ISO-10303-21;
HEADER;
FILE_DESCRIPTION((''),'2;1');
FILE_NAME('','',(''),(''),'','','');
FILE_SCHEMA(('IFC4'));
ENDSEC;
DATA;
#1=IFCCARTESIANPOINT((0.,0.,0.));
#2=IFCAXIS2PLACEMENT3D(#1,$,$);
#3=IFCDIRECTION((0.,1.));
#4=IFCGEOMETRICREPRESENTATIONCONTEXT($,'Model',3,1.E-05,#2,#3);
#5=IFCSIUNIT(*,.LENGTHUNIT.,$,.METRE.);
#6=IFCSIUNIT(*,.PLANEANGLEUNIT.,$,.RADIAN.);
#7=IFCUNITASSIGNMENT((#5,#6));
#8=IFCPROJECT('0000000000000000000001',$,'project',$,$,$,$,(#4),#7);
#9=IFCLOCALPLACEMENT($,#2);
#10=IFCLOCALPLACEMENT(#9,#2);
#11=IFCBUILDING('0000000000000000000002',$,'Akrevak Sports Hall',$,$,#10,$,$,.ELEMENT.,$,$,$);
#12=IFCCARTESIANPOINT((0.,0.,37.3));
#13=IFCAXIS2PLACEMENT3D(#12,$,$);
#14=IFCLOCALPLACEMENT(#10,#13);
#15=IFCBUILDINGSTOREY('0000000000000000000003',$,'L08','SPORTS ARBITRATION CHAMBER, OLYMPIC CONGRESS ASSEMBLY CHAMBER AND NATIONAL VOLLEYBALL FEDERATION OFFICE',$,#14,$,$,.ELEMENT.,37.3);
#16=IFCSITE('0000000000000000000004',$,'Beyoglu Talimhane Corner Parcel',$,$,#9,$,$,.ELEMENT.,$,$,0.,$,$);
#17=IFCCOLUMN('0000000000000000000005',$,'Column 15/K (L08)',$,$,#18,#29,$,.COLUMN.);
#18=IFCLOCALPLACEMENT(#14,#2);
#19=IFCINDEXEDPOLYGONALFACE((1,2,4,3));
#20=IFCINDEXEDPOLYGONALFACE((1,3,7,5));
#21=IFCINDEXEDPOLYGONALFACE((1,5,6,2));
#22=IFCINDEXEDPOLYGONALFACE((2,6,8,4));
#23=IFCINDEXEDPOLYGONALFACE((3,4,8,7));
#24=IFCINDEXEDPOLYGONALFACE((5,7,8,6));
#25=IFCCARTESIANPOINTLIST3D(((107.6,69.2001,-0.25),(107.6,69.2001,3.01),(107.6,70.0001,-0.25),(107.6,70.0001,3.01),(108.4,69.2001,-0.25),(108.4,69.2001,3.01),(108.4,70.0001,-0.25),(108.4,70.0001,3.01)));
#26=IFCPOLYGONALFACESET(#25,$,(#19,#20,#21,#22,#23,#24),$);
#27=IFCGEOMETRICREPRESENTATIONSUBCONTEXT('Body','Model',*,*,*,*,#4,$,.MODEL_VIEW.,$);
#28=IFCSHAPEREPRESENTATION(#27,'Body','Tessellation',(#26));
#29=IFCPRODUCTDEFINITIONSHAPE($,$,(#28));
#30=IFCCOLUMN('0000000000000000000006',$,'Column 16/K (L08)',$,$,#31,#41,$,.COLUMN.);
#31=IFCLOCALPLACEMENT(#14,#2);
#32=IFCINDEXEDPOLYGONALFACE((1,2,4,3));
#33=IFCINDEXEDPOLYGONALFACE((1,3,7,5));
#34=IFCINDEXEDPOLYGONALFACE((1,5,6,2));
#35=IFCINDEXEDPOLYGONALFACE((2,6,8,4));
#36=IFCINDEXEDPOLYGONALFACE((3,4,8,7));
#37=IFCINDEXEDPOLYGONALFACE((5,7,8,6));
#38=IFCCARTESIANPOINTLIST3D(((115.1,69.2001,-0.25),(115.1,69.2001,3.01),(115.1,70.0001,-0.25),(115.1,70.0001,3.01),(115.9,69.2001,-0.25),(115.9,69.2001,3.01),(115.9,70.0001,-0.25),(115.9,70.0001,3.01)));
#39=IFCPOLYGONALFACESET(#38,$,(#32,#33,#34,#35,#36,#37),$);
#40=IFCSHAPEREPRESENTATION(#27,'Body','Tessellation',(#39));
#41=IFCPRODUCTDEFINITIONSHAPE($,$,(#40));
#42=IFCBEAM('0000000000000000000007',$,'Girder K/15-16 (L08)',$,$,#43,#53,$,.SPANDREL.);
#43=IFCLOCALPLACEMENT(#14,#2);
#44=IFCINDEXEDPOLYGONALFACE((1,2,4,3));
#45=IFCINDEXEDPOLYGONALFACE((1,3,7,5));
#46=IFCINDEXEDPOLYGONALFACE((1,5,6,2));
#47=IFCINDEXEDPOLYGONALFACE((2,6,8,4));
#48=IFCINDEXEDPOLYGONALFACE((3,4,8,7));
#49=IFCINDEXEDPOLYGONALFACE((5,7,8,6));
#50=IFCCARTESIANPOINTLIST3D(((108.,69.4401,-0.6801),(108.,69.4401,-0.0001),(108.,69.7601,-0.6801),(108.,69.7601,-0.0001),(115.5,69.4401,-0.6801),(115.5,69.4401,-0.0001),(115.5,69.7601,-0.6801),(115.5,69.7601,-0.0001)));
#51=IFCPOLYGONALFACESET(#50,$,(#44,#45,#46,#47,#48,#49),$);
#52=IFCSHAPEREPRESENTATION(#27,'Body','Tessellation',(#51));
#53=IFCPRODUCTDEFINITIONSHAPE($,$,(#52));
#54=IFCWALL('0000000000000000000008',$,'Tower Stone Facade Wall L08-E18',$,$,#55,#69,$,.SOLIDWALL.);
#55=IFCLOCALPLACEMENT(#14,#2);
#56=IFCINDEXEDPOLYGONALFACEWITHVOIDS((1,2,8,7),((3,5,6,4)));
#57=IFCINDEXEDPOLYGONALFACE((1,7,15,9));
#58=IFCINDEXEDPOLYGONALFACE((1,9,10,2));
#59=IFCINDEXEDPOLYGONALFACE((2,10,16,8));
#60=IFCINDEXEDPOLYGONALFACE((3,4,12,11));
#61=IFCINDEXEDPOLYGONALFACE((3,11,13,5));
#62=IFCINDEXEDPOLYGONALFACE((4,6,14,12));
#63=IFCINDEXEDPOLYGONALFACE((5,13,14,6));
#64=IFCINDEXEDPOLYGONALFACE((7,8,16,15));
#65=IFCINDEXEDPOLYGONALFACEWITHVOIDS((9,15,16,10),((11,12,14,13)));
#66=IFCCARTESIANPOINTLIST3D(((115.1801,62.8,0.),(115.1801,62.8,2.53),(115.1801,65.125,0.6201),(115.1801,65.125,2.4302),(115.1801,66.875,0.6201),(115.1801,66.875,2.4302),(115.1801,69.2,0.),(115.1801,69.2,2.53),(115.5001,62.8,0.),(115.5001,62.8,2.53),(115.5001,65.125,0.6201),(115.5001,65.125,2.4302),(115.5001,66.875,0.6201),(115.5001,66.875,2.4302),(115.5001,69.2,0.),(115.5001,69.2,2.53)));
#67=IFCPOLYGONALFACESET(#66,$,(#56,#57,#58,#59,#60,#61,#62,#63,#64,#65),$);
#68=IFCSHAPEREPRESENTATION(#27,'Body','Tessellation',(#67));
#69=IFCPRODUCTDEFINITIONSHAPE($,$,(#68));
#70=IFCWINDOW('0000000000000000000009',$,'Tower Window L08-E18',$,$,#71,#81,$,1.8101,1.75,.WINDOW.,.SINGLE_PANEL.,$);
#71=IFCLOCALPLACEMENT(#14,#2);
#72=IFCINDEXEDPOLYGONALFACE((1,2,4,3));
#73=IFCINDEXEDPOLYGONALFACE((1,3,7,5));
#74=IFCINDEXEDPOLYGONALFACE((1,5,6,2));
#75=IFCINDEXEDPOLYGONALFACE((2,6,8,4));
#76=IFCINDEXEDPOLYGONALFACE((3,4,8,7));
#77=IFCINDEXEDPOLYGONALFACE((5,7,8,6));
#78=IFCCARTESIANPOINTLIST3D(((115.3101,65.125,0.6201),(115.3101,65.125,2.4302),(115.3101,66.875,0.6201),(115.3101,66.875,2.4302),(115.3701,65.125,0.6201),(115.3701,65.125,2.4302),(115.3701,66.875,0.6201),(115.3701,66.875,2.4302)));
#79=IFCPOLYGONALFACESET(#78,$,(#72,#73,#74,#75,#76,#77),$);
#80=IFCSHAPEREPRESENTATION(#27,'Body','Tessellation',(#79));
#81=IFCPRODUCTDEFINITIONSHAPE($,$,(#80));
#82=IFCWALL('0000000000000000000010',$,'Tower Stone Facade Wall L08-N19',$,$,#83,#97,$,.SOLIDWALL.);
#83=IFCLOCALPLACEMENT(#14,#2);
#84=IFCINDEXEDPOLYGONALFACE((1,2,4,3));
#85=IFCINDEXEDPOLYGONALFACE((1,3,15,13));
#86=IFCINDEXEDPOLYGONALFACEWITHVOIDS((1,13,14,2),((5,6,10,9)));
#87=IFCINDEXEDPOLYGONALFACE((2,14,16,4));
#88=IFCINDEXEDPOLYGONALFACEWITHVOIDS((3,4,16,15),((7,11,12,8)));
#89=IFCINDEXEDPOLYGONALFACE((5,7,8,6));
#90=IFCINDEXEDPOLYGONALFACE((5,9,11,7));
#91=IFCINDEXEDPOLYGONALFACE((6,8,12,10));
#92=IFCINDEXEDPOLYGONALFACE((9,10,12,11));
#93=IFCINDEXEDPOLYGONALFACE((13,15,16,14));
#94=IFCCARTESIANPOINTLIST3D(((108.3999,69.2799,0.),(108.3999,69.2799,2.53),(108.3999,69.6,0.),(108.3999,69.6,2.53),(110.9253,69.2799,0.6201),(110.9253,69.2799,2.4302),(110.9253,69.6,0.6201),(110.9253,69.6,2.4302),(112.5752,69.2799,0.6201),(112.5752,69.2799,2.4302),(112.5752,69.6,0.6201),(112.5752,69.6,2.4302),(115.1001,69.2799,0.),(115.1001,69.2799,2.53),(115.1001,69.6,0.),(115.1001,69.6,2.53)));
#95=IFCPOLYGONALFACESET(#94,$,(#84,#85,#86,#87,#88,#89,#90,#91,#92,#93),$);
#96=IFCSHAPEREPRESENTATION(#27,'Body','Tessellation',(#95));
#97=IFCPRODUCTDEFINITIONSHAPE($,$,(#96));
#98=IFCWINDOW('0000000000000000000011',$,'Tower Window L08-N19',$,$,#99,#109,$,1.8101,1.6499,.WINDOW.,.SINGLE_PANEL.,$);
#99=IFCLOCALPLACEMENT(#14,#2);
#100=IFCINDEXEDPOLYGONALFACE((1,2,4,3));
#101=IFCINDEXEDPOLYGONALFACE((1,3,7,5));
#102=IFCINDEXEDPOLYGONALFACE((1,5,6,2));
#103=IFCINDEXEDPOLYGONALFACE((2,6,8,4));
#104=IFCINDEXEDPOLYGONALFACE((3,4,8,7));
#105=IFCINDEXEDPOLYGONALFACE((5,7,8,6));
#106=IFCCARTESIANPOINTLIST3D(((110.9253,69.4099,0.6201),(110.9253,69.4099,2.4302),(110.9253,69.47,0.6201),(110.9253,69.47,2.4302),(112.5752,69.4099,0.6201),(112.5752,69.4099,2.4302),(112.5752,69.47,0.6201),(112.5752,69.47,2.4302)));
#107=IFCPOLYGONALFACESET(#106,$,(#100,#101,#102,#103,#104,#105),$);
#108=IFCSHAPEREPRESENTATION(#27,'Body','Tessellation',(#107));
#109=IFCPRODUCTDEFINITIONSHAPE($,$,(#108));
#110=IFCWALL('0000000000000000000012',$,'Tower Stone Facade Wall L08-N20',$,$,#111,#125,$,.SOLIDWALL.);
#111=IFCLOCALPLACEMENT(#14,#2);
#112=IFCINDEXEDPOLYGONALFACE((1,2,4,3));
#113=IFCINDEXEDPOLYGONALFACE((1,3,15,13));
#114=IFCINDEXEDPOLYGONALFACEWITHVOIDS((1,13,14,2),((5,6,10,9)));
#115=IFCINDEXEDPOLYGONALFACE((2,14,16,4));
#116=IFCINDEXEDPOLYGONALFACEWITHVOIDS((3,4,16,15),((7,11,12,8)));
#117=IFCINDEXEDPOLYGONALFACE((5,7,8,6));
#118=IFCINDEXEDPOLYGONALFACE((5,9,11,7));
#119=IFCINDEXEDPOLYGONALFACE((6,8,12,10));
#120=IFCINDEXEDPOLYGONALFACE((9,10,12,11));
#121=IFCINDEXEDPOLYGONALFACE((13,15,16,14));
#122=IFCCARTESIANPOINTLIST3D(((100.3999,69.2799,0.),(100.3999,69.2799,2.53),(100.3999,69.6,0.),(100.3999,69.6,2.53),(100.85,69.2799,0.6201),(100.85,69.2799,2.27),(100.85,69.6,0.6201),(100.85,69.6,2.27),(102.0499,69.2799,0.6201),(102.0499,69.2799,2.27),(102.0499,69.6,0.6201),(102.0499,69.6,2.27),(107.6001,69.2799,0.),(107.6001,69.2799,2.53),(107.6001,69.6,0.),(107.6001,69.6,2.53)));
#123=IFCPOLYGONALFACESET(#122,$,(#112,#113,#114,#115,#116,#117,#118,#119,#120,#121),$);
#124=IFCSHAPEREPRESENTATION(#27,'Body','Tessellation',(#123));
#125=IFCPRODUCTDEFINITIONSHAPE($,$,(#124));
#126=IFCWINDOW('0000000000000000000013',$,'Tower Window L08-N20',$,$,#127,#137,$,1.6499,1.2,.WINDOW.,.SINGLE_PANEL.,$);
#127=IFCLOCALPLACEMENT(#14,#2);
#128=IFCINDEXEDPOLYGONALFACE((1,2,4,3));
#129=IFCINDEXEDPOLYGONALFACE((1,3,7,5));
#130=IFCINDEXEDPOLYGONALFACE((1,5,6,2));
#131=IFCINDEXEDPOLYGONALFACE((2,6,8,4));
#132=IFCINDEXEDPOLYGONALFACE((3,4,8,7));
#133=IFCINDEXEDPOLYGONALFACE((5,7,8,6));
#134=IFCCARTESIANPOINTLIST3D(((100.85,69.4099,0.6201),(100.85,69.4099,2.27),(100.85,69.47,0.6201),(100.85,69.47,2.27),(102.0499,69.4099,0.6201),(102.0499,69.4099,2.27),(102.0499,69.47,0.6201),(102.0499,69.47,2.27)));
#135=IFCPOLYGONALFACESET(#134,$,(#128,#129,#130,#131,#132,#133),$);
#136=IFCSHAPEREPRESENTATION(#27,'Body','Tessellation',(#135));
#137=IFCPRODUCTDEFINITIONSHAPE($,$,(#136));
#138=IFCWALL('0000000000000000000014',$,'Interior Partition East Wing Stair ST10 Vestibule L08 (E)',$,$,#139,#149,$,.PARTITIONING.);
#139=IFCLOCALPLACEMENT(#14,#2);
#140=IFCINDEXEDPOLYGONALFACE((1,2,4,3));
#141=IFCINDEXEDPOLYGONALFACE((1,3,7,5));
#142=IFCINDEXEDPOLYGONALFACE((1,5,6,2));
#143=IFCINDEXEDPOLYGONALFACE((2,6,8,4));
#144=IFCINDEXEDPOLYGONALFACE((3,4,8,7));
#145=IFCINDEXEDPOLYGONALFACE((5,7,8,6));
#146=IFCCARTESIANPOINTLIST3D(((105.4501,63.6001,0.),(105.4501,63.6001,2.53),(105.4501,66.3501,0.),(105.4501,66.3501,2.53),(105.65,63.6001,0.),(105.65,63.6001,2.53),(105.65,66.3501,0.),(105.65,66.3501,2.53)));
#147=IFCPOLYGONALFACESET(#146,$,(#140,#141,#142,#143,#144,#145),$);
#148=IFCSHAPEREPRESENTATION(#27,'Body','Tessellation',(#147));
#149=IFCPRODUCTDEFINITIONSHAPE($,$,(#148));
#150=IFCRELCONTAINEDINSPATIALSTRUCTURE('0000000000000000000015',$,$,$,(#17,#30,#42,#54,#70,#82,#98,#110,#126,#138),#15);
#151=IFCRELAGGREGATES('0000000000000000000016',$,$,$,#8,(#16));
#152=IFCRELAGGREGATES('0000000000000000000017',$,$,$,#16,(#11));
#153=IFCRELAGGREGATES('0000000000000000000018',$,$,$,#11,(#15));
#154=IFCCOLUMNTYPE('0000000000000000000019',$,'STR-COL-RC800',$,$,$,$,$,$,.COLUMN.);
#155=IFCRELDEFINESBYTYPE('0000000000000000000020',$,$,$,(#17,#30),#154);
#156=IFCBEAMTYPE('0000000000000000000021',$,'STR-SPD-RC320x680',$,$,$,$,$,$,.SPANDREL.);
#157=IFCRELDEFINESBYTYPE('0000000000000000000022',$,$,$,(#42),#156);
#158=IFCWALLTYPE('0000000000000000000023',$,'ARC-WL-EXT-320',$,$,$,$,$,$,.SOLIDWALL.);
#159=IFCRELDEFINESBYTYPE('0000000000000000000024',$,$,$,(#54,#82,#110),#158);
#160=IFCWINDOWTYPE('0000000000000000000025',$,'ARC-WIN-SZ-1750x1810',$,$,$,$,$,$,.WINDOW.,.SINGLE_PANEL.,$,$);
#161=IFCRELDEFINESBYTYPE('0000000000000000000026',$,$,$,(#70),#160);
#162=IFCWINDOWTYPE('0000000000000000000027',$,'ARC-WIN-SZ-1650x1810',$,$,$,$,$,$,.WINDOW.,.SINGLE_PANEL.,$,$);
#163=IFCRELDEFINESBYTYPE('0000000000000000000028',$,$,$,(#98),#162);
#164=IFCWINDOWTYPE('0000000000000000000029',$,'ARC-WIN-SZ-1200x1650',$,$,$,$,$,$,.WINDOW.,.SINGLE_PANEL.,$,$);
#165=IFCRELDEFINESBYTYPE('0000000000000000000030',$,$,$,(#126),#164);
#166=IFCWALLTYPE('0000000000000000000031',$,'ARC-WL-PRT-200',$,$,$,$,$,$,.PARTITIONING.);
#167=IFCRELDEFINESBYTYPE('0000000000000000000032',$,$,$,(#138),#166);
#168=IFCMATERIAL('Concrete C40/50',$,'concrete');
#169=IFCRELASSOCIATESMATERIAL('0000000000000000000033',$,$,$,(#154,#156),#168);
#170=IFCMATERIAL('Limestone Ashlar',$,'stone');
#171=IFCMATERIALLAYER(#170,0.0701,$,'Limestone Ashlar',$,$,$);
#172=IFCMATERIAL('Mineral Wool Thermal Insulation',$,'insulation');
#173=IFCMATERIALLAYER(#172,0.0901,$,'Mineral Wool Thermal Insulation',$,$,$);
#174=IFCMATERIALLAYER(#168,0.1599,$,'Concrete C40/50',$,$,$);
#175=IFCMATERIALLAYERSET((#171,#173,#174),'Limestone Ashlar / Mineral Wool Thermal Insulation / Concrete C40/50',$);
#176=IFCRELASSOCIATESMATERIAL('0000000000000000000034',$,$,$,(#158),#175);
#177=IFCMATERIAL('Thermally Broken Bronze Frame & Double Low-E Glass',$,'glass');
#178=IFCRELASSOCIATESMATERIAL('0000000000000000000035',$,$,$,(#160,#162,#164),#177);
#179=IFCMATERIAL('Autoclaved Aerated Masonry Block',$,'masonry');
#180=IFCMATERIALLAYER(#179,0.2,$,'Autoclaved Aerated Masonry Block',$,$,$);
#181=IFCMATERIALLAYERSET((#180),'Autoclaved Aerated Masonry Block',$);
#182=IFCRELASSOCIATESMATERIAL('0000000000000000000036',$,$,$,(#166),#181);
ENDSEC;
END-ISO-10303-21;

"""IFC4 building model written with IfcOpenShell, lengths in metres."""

from ifc_helpers import new_model, si_unit, direction, frame, frame_2d, origin, origin_2d, place, context, subcontext, project, spatial, rectangle, extrude, material, layer, layer_set, material_profile, profile_set, type_object, element, fill, save


model = new_model("IFC4")

# Units and contexts
model_context = context("Model", 3, precision=1e-05, world=origin(), true_north=direction((0.0, 1.0)))
body_context = subcontext(model_context, "Body", "Model", "MODEL_VIEW")
ifc_project = project(units=[si_unit("LENGTHUNIT", "METRE"), si_unit("PLANEANGLEUNIT", "RADIAN")], contexts=[model_context])

# Site, building, storey
site_placement = place(None, origin())
site = spatial("IfcSite", under=ifc_project, at=site_placement, Name="Beyoglu Talimhane Corner Parcel", CompositionType="ELEMENT", RefElevation=0.0)
building_placement = place(site_placement, origin())
building = spatial("IfcBuilding", under=site, at=building_placement, Name="Akrevak Sports Hall", CompositionType="ELEMENT")
storey_placement = place(building_placement, frame((0.0, 0.0, 37.3)))
storey = spatial("IfcBuildingStorey", under=building, at=storey_placement, Name="L08", Description="SPORTS ARBITRATION CHAMBER, OLYMPIC CONGRESS ASSEMBLY CHAMBER AND NATIONAL VOLLEYBALL FEDERATION OFFICE", CompositionType="ELEMENT", Elevation=37.3)

# Columns
ifc_material_1 = material(Name="Concrete C40/50", Category="concrete")
ifc_material_profile_1 = material_profile(ifc_material_1, rectangle(XDim=0.8, YDim=0.8, at=origin_2d()), Name="RC 800x800", Category="concrete")
ifc_profile_set_1 = profile_set([ifc_material_profile_1], Name="Concrete C40/50")
column_type = type_object("IfcColumnType", Name="STR-COL-RC800", PredefinedType="COLUMN", material=ifc_profile_set_1)
for number, where, z_axis, x_axis, name in (
    (1, (108.0, 69.6001, -0.25), (0.0, 0.0, 1.0), (1.0, 0.0, 0.0), "Column 15/K (L08)"),
    (2, (115.5, 69.6001, -0.25), (0.0, 0.0, 1.0), (1.0, 0.0, 0.0), "Column 16/K (L08)"),
):
    element("IfcColumn", number, at=place(storey_placement, frame(where, z_axis=z_axis, x_axis=x_axis)), inside=storey, type_object=column_type, Name=name, PredefinedType="COLUMN", context=body_context, shape_type="SweptSolid", body=[
        extrude(rectangle(XDim=0.8, YDim=0.8, at=origin_2d()), origin(), (0.0, 0.0, 1.0), 3.26),
    ])

# Beam
ifc_material_profile_2 = material_profile(ifc_material_1, rectangle(XDim=0.3201, YDim=0.6799, at=origin_2d()), Name="SPD 320x680", Category="concrete")
ifc_profile_set_2 = profile_set([ifc_material_profile_2], Name="Concrete C40/50")
beam_type = type_object("IfcBeamType", Name="STR-SPD-RC320x680", PredefinedType="SPANDREL", material=ifc_profile_set_2)
beam_placement = place(storey_placement, frame((108.0, 69.6001, -0.3401), z_axis=(1.0, 0.0, 0.0), x_axis=(0.0, 1.0, 0.0)))
element("IfcBeam", 3, at=beam_placement, inside=storey, type_object=beam_type, Name="Girder K/15-16 (L08)", PredefinedType="SPANDREL", context=body_context, shape_type="SweptSolid", body=[
    extrude(rectangle(XDim=0.3201, YDim=0.6799, at=origin_2d()), origin(), (0.0, 0.0, 1.0), 7.5),
])

# Walls, openings, windows
ifc_material_2 = material(Name="Limestone Ashlar", Category="stone")
ifc_layer_1 = layer(ifc_material_2, 0.0701, Name="Limestone Ashlar")
ifc_material_3 = material(Name="Mineral Wool Thermal Insulation", Category="insulation")
ifc_layer_2 = layer(ifc_material_3, 0.0901, Name="Mineral Wool Thermal Insulation")
ifc_layer_3 = layer(ifc_material_1, 0.1599, Name="Concrete C40/50")
ifc_layer_set_1 = layer_set([ifc_layer_1, ifc_layer_2, ifc_layer_3], Name="Limestone Ashlar / Mineral Wool Thermal Insulation / Concrete C40/50")
wall_type_1 = type_object("IfcWallType", Name="ARC-WL-EXT-320", PredefinedType="SOLIDWALL", material=ifc_layer_set_1)
wall_1_placement = place(storey_placement, frame((115.3401, 62.8, 0.0), z_axis=(0.0, 0.0, 1.0), x_axis=(0.0, 1.0, 0.0)))
wall_1 = element("IfcWall", 4, at=wall_1_placement, inside=storey, type_object=wall_type_1, Name="Tower Stone Facade Wall L08-E18", PredefinedType="SOLIDWALL", context=body_context, shape_type="SweptSolid", body=[
    extrude(rectangle(XDim=6.3999, YDim=0.3201, at=frame_2d((3.2, 0.0))), origin(), (0.0, 0.0, 1.0), 2.53),
])
opening_1_placement = place(wall_1_placement, frame((2.325, 0.0, 0.6201)))
opening_1 = element("IfcOpeningElement", 5, at=opening_1_placement, cuts=wall_1, PredefinedType="OPENING", context=body_context, shape_type="SweptSolid", body=[
    extrude(rectangle(XDim=1.75, YDim=1.8101, at=frame_2d((0.875, 0.905))), frame((0.0, 0.1719, 0.0), z_axis=(0.0, -1.0, 0.0), x_axis=(1.0, 0.0, 0.0)), (0.0, 0.0, 1.0), 0.344),
])
ifc_material_4 = material(Name="Thermally Broken Bronze Frame & Double Low-E Glass", Category="glass")
window_type_1 = type_object("IfcWindowType", Name="ARC-WIN-SZ-1750x1810", PartitioningType="SINGLE_PANEL", PredefinedType="WINDOW", material=ifc_material_4)
window_1_placement = place(opening_1_placement, origin())
window_1 = element("IfcWindow", 6, at=window_1_placement, inside=storey, type_object=window_type_1, Name="Tower Window L08-E18", OverallHeight=1.8101, OverallWidth=1.75, PartitioningType="SINGLE_PANEL", PredefinedType="WINDOW", context=body_context, shape_type="SweptSolid", body=[
    extrude(rectangle(XDim=1.75, YDim=1.8101, at=frame_2d((0.875, 0.905))), frame((0.0, 0.03, 0.0), z_axis=(0.0, -1.0, 0.0), x_axis=(1.0, 0.0, 0.0)), (0.0, 0.0, 1.0), 0.0601),
])
fill(opening_1, window_1)
wall_2_placement = place(storey_placement, frame((115.1001, 69.4399, 0.0), z_axis=(0.0, 0.0, 1.0), x_axis=(-1.0, 0.0, 0.0)))
wall_2 = element("IfcWall", 7, at=wall_2_placement, inside=storey, type_object=wall_type_1, Name="Tower Stone Facade Wall L08-N19", PredefinedType="SOLIDWALL", context=body_context, shape_type="SweptSolid", body=[
    extrude(rectangle(XDim=6.7002, YDim=0.3201, at=frame_2d((3.3501, 0.0))), origin(), (0.0, 0.0, 1.0), 2.53),
])
opening_2_placement = place(wall_2_placement, frame((2.5249, 0.0, 0.6201)))
opening_2 = element("IfcOpeningElement", 8, at=opening_2_placement, cuts=wall_2, PredefinedType="OPENING", context=body_context, shape_type="SweptSolid", body=[
    extrude(rectangle(XDim=1.6499, YDim=1.8101, at=frame_2d((0.825, 0.905))), frame((0.0, 0.1719, 0.0), z_axis=(0.0, -1.0, 0.0), x_axis=(1.0, 0.0, 0.0)), (0.0, 0.0, 1.0), 0.344),
])
window_type_2 = type_object("IfcWindowType", Name="ARC-WIN-SZ-1650x1810", PartitioningType="SINGLE_PANEL", PredefinedType="WINDOW", material=ifc_material_4)
window_2_placement = place(opening_2_placement, origin())
window_2 = element("IfcWindow", 9, at=window_2_placement, inside=storey, type_object=window_type_2, Name="Tower Window L08-N19", OverallHeight=1.8101, OverallWidth=1.6499, PartitioningType="SINGLE_PANEL", PredefinedType="WINDOW", context=body_context, shape_type="SweptSolid", body=[
    extrude(rectangle(XDim=1.6499, YDim=1.8101, at=frame_2d((0.825, 0.905))), frame((0.0, 0.03, 0.0), z_axis=(0.0, -1.0, 0.0), x_axis=(1.0, 0.0, 0.0)), (0.0, 0.0, 1.0), 0.0601),
])
fill(opening_2, window_2)
wall_3_placement = place(storey_placement, frame((107.6001, 69.4399, 0.0), z_axis=(0.0, 0.0, 1.0), x_axis=(-1.0, 0.0, 0.0)))
wall_3 = element("IfcWall", 10, at=wall_3_placement, inside=storey, type_object=wall_type_1, Name="Tower Stone Facade Wall L08-N20", PredefinedType="SOLIDWALL", context=body_context, shape_type="SweptSolid", body=[
    extrude(rectangle(XDim=7.2002, YDim=0.3201, at=frame_2d((3.6001, 0.0))), origin(), (0.0, 0.0, 1.0), 2.53),
])
opening_3_placement = place(wall_3_placement, frame((5.55, 0.0, 0.6201)))
opening_3 = element("IfcOpeningElement", 11, at=opening_3_placement, cuts=wall_3, PredefinedType="OPENING", context=body_context, shape_type="SweptSolid", body=[
    extrude(rectangle(XDim=1.2, YDim=1.6499, at=frame_2d((0.6001, 0.825))), frame((0.0, 0.1719, 0.0), z_axis=(0.0, -1.0, 0.0), x_axis=(1.0, 0.0, 0.0)), (0.0, 0.0, 1.0), 0.344),
])
window_type_3 = type_object("IfcWindowType", Name="ARC-WIN-SZ-1200x1650", PartitioningType="SINGLE_PANEL", PredefinedType="WINDOW", material=ifc_material_4)
window_3_placement = place(opening_3_placement, origin())
window_3 = element("IfcWindow", 12, at=window_3_placement, inside=storey, type_object=window_type_3, Name="Tower Window L08-N20", OverallHeight=1.6499, OverallWidth=1.2, PartitioningType="SINGLE_PANEL", PredefinedType="WINDOW", context=body_context, shape_type="SweptSolid", body=[
    extrude(rectangle(XDim=1.2, YDim=1.6499, at=frame_2d((0.6001, 0.825))), frame((0.0, 0.03, 0.0), z_axis=(0.0, -1.0, 0.0), x_axis=(1.0, 0.0, 0.0)), (0.0, 0.0, 1.0), 0.0601),
])
fill(opening_3, window_3)

# Wall
ifc_material_5 = material(Name="Autoclaved Aerated Masonry Block", Category="masonry")
ifc_layer_4 = layer(ifc_material_5, 0.2, Name="Autoclaved Aerated Masonry Block")
ifc_layer_set_2 = layer_set([ifc_layer_4], Name="Autoclaved Aerated Masonry Block")
wall_type_2 = type_object("IfcWallType", Name="ARC-WL-PRT-200", PredefinedType="PARTITIONING", material=ifc_layer_set_2)
wall_4_placement = place(storey_placement, frame((105.55, 63.6001, 0.0), z_axis=(0.0, 0.0, 1.0), x_axis=(0.0, 1.0, 0.0)))
element("IfcWall", 13, at=wall_4_placement, inside=storey, type_object=wall_type_2, Name="Interior Partition East Wing Stair ST10 Vestibule L08 (E)", PredefinedType="PARTITIONING", context=body_context, shape_type="SweptSolid", body=[
    extrude(rectangle(XDim=2.75, YDim=0.2, at=frame_2d((1.375, 0.0))), origin(), (0.0, 0.0, 1.0), 2.53),
])

save(model, "model.ifc")
